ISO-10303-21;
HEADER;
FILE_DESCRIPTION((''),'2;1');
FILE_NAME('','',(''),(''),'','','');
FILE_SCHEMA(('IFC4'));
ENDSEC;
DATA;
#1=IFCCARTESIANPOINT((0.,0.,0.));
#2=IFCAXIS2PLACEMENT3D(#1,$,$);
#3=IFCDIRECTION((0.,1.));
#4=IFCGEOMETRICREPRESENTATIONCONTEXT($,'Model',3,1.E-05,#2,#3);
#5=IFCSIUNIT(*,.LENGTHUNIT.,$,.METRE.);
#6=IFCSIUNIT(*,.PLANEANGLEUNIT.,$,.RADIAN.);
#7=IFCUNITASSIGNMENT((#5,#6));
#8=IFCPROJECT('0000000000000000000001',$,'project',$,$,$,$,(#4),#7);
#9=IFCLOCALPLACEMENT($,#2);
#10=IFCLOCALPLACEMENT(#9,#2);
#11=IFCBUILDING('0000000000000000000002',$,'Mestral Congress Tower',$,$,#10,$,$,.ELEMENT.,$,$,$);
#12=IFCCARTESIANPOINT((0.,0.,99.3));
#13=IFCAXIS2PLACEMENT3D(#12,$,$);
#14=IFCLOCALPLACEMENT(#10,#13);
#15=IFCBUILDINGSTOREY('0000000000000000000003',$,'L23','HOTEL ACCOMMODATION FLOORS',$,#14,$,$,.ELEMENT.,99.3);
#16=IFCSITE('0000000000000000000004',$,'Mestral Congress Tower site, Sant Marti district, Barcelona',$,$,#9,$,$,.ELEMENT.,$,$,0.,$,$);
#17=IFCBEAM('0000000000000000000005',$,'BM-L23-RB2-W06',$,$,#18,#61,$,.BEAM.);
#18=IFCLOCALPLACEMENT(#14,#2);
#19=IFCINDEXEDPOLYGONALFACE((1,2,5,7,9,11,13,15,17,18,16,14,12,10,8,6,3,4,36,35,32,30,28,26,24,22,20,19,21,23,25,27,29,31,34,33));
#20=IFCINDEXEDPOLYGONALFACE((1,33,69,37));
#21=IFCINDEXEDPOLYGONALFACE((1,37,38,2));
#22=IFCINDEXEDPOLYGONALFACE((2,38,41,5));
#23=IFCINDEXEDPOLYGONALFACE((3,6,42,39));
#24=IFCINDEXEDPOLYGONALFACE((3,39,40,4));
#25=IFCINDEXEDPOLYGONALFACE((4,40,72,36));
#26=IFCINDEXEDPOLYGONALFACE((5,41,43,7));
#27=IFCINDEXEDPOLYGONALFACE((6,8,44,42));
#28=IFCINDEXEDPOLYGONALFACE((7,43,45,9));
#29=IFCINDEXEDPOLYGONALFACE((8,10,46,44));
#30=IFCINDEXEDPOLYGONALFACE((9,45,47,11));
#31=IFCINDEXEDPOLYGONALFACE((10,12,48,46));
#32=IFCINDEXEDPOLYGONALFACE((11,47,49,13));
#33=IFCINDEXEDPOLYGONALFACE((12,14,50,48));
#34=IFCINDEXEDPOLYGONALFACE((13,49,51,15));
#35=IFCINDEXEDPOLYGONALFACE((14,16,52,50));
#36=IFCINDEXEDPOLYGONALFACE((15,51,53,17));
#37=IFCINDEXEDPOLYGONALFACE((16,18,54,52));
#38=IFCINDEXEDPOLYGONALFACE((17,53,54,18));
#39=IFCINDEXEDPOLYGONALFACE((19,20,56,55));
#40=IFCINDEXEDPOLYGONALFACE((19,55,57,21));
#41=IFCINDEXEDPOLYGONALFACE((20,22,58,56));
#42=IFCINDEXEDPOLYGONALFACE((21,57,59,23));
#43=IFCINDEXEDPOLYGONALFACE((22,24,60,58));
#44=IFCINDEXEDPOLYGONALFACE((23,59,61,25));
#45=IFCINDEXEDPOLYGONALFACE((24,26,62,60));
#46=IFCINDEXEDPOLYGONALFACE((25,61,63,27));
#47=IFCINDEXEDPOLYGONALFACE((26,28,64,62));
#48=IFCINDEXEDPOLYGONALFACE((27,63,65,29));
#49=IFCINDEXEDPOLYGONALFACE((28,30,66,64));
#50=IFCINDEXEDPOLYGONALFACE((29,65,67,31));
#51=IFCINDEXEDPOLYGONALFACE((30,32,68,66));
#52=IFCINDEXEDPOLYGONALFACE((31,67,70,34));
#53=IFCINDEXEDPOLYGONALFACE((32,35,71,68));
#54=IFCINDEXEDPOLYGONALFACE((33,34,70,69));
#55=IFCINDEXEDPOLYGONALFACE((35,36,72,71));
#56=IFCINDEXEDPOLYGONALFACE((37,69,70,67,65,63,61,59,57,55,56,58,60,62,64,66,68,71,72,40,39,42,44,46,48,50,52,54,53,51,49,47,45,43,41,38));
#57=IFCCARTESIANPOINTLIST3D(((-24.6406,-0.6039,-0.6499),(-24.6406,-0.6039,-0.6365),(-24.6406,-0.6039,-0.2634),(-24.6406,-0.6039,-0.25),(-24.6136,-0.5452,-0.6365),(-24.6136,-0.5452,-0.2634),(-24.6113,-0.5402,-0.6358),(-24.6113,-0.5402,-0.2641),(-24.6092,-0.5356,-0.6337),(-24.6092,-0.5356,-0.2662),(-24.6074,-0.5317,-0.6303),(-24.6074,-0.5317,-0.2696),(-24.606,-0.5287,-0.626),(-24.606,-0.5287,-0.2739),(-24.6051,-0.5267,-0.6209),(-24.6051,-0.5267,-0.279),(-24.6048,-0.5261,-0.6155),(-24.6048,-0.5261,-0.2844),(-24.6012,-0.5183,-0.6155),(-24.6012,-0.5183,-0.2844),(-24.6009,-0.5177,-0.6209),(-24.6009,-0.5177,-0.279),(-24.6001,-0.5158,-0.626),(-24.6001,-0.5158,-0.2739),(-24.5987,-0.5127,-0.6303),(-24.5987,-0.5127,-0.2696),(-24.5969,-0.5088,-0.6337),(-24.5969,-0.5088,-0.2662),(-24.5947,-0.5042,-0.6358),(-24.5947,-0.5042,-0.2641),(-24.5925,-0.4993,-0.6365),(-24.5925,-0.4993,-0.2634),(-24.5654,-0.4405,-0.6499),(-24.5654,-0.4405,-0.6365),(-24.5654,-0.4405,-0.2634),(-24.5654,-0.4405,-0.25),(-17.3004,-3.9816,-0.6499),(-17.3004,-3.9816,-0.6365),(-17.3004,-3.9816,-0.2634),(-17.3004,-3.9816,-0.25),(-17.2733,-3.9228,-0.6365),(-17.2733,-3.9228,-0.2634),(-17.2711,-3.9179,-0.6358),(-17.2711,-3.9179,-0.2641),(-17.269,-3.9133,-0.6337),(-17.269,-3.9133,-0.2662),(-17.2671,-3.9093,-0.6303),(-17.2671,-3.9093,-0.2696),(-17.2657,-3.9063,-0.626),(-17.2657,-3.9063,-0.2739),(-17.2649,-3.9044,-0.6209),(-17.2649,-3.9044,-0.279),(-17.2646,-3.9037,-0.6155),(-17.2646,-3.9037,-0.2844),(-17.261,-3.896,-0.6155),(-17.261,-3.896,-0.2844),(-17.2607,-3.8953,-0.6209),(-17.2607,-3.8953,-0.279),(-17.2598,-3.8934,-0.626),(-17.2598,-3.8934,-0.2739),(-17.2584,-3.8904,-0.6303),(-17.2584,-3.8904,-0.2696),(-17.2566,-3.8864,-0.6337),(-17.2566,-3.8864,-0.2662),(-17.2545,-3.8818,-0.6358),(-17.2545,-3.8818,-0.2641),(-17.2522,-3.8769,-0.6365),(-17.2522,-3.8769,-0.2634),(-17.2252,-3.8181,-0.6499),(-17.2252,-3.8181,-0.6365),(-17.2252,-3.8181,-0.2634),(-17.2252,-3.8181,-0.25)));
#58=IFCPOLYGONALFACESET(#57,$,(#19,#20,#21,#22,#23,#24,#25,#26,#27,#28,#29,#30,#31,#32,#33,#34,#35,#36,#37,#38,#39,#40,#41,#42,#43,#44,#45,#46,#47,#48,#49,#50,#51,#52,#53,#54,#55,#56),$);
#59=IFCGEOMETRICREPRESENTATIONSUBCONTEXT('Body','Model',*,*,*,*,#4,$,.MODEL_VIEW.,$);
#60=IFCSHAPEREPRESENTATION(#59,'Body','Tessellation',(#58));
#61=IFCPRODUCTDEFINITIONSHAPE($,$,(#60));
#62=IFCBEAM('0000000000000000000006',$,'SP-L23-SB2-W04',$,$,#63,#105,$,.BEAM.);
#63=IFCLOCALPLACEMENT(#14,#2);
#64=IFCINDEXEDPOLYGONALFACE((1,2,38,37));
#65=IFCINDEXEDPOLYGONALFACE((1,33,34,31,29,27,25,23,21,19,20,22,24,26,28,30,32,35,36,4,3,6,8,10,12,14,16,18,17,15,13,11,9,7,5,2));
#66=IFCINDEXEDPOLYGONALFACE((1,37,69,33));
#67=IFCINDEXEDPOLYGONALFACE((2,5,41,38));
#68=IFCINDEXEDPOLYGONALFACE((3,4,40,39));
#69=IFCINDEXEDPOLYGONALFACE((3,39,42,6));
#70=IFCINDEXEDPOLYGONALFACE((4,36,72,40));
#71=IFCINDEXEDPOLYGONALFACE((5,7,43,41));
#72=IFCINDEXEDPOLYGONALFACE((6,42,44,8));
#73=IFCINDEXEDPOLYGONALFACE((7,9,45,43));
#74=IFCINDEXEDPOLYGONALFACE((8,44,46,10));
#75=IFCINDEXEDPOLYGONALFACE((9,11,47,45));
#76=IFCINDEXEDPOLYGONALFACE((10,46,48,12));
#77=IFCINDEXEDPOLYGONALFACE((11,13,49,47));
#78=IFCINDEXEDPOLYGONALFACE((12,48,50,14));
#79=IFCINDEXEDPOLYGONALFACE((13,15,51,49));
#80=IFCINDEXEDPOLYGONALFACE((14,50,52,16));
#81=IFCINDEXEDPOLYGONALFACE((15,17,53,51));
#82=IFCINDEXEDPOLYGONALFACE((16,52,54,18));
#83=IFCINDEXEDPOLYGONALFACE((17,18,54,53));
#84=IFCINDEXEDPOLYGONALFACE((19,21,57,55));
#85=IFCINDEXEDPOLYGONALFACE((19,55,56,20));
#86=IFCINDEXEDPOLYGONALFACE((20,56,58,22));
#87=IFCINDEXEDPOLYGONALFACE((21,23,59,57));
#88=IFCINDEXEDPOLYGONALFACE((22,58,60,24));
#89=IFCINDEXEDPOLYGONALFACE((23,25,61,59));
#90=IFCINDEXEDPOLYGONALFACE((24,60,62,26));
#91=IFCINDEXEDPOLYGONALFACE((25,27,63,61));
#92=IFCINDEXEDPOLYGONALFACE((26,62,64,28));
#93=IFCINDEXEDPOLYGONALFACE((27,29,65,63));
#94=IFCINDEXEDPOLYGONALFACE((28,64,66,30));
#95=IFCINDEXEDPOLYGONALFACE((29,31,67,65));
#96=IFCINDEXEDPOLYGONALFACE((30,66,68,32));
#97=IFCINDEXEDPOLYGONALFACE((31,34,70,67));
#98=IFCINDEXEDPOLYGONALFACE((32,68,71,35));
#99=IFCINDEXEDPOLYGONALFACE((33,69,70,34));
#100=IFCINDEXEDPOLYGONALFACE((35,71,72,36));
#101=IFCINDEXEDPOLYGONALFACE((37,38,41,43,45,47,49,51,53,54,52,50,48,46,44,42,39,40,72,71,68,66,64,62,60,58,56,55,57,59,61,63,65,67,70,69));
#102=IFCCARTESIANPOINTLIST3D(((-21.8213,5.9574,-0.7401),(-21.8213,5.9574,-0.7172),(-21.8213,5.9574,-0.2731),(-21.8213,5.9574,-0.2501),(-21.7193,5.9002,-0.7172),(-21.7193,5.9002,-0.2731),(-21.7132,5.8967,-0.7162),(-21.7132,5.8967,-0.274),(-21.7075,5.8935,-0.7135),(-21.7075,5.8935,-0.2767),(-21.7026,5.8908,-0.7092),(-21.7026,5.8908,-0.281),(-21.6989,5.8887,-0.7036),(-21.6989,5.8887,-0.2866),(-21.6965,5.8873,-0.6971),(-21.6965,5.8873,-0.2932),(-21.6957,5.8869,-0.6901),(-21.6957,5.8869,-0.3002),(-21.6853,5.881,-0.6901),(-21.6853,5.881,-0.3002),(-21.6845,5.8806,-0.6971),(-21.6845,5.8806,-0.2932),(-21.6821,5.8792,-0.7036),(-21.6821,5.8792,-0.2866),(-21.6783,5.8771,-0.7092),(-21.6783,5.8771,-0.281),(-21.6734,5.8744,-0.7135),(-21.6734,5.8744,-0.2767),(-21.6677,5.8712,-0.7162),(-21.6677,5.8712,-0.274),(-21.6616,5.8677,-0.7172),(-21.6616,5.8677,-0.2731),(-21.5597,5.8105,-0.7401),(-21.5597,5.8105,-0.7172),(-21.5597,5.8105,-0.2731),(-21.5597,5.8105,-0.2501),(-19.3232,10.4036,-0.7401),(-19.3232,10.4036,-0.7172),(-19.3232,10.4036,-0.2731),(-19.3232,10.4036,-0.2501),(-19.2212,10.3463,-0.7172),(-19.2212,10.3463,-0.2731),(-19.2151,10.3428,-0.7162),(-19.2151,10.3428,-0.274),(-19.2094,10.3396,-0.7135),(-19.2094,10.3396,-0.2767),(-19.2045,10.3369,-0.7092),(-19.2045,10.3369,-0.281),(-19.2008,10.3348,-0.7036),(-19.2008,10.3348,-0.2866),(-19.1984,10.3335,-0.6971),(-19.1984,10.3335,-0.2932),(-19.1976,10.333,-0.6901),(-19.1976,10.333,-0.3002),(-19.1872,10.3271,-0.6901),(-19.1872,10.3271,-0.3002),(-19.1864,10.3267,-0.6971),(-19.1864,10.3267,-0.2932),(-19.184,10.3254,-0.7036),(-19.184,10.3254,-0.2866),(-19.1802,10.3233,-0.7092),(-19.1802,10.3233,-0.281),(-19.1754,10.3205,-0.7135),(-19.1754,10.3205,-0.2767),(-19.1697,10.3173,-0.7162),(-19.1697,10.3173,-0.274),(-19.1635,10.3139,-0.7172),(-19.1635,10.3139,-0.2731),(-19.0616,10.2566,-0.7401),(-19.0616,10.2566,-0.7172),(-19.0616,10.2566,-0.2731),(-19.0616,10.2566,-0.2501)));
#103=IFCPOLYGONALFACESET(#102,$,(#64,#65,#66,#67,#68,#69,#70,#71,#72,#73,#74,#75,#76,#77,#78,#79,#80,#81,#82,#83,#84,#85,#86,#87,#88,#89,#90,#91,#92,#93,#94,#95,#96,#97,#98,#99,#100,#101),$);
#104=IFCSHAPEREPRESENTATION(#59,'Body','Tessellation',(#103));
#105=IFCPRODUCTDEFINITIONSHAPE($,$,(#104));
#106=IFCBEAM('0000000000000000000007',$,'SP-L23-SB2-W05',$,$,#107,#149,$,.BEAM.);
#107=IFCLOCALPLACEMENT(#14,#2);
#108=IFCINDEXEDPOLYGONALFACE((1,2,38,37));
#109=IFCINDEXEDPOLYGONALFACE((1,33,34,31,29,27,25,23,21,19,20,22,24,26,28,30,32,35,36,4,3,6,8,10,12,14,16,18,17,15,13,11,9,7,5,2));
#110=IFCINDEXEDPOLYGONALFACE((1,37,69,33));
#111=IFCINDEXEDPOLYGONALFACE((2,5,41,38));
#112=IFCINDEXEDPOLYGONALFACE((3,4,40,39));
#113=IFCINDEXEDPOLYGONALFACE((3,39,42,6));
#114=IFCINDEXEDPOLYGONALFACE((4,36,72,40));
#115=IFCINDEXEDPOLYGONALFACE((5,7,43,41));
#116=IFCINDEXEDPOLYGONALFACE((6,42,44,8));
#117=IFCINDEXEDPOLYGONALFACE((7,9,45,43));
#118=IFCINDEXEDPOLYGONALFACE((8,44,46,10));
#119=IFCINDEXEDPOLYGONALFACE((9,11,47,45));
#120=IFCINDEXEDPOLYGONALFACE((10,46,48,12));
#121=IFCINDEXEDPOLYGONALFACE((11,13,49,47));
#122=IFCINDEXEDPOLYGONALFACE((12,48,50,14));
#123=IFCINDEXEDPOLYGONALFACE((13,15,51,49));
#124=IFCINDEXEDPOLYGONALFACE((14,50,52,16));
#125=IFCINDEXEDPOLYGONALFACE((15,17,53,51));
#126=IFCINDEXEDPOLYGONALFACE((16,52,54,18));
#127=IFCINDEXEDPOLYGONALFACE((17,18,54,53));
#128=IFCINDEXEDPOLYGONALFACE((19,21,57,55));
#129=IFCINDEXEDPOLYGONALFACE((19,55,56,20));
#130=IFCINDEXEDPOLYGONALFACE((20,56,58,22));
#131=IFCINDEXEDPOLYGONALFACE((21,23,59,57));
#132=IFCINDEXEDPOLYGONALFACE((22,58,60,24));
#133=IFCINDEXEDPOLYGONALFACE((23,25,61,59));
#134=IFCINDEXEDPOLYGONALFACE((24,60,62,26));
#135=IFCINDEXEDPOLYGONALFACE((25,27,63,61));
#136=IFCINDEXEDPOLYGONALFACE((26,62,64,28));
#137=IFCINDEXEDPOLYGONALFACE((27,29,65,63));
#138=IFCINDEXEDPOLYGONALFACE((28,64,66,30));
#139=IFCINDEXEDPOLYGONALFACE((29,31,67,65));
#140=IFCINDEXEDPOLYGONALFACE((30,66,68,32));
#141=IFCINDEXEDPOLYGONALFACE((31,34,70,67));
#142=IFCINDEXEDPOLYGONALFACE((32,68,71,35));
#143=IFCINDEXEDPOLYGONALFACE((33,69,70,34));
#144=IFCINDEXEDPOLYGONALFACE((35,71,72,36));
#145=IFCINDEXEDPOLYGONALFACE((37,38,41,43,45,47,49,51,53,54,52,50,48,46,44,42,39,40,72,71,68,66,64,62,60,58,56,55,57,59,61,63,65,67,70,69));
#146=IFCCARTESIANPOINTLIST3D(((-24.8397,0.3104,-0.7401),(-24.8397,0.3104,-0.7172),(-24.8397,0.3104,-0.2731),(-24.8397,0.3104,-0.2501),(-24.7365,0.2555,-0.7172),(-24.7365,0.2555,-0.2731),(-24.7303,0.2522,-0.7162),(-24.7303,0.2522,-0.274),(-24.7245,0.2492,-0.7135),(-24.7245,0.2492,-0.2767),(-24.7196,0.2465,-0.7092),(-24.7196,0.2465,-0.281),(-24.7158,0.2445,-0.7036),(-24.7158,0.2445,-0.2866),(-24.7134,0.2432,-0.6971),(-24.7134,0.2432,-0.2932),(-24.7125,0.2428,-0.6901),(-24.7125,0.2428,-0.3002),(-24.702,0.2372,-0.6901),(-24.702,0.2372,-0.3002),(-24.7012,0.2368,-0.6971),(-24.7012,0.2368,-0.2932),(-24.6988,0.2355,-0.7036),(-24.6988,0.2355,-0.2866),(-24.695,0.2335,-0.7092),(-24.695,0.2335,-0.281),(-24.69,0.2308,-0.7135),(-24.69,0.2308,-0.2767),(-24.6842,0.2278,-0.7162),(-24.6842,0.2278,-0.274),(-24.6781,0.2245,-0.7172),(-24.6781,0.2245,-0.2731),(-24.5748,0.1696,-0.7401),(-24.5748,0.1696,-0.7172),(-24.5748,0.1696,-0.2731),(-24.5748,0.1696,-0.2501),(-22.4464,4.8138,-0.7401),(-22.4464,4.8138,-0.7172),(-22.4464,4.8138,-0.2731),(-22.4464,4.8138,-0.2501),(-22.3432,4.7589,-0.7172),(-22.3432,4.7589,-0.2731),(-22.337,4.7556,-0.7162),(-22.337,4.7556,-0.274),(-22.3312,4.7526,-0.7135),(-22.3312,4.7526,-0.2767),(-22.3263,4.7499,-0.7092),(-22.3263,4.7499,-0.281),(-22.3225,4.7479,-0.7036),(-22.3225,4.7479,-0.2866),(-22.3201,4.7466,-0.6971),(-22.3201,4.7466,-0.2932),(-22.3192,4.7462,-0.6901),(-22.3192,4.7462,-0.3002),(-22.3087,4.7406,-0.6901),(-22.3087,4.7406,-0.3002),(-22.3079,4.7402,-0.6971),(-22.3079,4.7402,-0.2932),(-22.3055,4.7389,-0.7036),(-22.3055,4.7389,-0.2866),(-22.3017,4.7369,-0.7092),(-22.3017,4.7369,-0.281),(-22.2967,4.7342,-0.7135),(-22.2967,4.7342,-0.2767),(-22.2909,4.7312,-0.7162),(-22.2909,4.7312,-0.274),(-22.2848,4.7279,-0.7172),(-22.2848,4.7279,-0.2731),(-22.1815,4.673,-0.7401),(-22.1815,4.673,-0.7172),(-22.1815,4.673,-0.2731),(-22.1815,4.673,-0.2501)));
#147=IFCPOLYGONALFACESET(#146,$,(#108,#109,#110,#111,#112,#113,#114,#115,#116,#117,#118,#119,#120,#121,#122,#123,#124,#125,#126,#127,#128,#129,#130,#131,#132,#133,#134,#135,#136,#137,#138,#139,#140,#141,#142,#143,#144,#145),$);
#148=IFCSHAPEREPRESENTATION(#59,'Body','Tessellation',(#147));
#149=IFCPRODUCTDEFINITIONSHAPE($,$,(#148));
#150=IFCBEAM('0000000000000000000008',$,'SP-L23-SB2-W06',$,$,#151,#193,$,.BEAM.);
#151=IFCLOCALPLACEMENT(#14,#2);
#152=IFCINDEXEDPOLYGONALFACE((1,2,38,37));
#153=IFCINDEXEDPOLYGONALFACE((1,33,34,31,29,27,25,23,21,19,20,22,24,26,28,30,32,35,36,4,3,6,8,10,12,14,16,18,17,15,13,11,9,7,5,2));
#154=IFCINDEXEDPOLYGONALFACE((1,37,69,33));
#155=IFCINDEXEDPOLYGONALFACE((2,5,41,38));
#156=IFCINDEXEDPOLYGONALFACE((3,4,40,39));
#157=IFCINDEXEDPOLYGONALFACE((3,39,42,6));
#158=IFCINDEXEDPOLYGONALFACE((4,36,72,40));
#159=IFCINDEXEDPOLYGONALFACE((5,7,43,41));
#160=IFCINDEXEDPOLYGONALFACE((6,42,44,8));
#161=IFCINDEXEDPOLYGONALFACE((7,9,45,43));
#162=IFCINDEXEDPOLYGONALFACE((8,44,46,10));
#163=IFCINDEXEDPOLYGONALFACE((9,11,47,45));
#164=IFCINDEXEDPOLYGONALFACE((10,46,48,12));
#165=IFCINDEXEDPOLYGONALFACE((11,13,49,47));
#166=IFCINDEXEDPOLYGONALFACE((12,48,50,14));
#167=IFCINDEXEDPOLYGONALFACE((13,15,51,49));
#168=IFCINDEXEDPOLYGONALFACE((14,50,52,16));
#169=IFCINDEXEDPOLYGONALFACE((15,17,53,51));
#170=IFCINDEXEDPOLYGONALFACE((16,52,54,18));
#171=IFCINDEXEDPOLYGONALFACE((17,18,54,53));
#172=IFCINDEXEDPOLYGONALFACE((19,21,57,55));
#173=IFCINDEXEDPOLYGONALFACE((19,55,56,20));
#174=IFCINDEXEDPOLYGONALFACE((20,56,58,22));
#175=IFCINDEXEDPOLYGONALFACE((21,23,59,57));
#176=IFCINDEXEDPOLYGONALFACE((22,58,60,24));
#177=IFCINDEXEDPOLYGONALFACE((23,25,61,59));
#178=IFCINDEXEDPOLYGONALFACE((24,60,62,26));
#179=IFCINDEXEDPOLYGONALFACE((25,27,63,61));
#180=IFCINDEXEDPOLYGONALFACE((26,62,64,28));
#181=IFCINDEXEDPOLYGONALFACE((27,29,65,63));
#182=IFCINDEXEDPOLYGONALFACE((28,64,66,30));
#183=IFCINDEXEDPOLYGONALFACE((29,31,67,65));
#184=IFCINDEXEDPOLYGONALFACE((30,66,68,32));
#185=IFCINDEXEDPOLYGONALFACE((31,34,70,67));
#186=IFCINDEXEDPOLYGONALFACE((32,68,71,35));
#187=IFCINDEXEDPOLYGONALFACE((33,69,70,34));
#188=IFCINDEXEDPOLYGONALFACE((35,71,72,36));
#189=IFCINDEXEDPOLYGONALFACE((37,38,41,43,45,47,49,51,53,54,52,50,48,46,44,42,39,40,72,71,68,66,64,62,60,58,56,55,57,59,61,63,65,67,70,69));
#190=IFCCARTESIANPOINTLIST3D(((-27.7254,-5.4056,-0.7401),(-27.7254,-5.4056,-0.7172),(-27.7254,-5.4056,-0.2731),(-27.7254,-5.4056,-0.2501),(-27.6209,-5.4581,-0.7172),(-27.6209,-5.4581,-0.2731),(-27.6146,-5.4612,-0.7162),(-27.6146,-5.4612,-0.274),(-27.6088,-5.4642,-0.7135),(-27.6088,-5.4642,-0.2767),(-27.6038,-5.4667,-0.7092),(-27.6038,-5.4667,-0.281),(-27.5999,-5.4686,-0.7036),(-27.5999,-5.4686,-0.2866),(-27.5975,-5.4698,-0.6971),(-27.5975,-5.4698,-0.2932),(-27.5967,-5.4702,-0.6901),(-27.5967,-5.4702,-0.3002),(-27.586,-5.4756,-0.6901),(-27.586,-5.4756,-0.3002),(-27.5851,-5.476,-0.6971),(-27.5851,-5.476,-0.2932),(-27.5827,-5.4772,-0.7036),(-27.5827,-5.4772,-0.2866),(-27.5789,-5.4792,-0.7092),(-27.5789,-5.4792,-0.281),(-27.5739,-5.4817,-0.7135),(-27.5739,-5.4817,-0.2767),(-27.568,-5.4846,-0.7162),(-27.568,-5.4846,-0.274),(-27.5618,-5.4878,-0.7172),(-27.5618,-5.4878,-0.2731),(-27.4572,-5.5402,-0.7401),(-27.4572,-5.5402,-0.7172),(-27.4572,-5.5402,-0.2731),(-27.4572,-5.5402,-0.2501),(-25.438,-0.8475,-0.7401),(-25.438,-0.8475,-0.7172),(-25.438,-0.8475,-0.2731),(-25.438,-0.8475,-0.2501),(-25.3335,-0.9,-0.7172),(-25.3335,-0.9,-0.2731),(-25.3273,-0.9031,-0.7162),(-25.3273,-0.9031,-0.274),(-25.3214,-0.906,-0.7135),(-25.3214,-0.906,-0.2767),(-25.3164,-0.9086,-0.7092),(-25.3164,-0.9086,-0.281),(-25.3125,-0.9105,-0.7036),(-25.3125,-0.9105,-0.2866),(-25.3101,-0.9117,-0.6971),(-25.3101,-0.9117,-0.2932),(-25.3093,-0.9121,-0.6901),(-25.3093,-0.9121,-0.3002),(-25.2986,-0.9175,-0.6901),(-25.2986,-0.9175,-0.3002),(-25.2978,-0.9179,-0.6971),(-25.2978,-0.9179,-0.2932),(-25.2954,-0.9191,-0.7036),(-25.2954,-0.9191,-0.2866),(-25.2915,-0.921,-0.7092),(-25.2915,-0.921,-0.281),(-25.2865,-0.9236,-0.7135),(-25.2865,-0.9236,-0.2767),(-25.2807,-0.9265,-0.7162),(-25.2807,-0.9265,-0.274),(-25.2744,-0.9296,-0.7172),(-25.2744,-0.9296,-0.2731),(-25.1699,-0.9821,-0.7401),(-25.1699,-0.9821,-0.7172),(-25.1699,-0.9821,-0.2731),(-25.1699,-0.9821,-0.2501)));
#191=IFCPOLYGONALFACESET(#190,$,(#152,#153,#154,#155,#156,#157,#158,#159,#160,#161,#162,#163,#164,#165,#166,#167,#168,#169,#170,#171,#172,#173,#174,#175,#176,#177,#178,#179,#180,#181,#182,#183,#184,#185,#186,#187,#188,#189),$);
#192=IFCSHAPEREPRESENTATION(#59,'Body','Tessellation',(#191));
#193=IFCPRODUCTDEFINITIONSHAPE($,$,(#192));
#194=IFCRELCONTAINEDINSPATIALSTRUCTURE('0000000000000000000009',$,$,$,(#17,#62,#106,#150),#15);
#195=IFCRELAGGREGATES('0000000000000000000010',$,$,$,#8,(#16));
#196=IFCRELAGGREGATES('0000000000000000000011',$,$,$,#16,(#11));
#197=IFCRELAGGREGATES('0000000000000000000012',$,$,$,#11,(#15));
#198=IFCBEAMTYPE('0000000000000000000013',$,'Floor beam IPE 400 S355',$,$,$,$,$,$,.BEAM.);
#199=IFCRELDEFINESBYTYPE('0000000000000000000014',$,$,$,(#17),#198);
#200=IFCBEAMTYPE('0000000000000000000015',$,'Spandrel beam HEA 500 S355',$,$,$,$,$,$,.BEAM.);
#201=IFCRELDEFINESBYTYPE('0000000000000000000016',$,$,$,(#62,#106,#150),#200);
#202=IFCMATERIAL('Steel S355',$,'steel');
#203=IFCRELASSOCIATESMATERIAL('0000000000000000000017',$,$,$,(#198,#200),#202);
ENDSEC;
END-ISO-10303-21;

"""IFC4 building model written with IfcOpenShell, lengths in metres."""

from ifc_helpers import new_model, si_unit, direction, frame, origin, origin_2d, place, context, subcontext, project, spatial, i_section, extrude, material, material_profile, profile_set, type_object, element, save


model = new_model("IFC4")

# Units and contexts
model_context = context("Model", 3, precision=1e-05, world=origin(), true_north=direction((0.0, 1.0)))
body_context = subcontext(model_context, "Body", "Model", "MODEL_VIEW")
ifc_project = project(units=[si_unit("LENGTHUNIT", "METRE"), si_unit("PLANEANGLEUNIT", "RADIAN")], contexts=[model_context])

# Site, building, storey
site_placement = place(None, origin())
site = spatial("IfcSite", under=ifc_project, at=site_placement, Name="Mestral Congress Tower site, Sant Marti district, Barcelona", CompositionType="ELEMENT", RefElevation=0.0)
building_placement = place(site_placement, origin())
building = spatial("IfcBuilding", under=site, at=building_placement, Name="Mestral Congress Tower", CompositionType="ELEMENT")
storey_placement = place(building_placement, frame((0.0, 0.0, 99.3)))
storey = spatial("IfcBuildingStorey", under=building, at=storey_placement, Name="L23", Description="HOTEL ACCOMMODATION FLOORS", CompositionType="ELEMENT", Elevation=99.3)

# Beams
ifc_material_1 = material(Name="Steel S355", Category="steel")
ifc_material_profile_1 = material_profile(ifc_material_1, i_section(OverallWidth=0.1799, OverallDepth=0.3999, WebThickness=0.0085, FlangeThickness=0.0134, FilletRadius=0.021, at=origin_2d()), Name="IPE 400")
ifc_profile_set_1 = profile_set([ifc_material_profile_1], Name="Steel S355")
beam_type_1 = type_object("IfcBeamType", Name="Floor beam IPE 400 S355", PredefinedType="BEAM", material=ifc_profile_set_1)
beam_1_placement = place(storey_placement, frame((-24.603, -0.5222, -0.45), z_axis=(0.908437, -0.418021, 0.0), x_axis=(0.418021, 0.908437, 0.0)))
element("IfcBeam", 1, at=beam_1_placement, inside=storey, type_object=beam_type_1, Name="BM-L23-RB2-W06", PredefinedType="BEAM", context=body_context, shape_type="SweptSolid", body=[
    extrude(i_section(OverallWidth=0.1799, OverallDepth=0.3999, WebThickness=0.0085, FlangeThickness=0.0134, FilletRadius=0.021, at=origin_2d()), origin(), (0.0, 0.0, 1.0), 8.0801),
])
ifc_material_profile_2 = material_profile(ifc_material_1, i_section(OverallWidth=0.3, OverallDepth=0.49, WebThickness=0.012, FlangeThickness=0.0229, FilletRadius=0.0271, at=origin_2d()), Name="HEA 500")
ifc_profile_set_2 = profile_set([ifc_material_profile_2], Name="Steel S355")
beam_type_2 = type_object("IfcBeamType", Name="Spandrel beam HEA 500 S355", PredefinedType="BEAM", material=ifc_profile_set_2)
for number, where, z_axis, x_axis, name in (
    (2, (-19.1924, 10.3301, -0.4951), (-0.489836, -0.871815, 0.0), (0.871815, -0.489836, 0.0), "SP-L23-SB2-W04"),
    (3, (-22.314, 4.7434, -0.4951), (-0.469288, -0.883045, 0.0), (0.883045, -0.469288, 0.0), "SP-L23-SB2-W05"),
    (4, (-25.304, -0.9148, -0.4951), (-0.448515, -0.893775, 0.0), (0.893775, -0.448515, 0.0), "SP-L23-SB2-W06"),
):
    element("IfcBeam", number, at=place(storey_placement, frame(where, z_axis=z_axis, x_axis=x_axis)), inside=storey, type_object=beam_type_2, Name=name, PredefinedType="BEAM", context=body_context, shape_type="SweptSolid", body=[
        extrude(i_section(OverallWidth=0.3, OverallDepth=0.49, WebThickness=0.012, FlangeThickness=0.0229, FilletRadius=0.0271, at=origin_2d()), origin(), (0.0, 0.0, 1.0), 5.0999),
    ])

save(model, "model.ifc")
